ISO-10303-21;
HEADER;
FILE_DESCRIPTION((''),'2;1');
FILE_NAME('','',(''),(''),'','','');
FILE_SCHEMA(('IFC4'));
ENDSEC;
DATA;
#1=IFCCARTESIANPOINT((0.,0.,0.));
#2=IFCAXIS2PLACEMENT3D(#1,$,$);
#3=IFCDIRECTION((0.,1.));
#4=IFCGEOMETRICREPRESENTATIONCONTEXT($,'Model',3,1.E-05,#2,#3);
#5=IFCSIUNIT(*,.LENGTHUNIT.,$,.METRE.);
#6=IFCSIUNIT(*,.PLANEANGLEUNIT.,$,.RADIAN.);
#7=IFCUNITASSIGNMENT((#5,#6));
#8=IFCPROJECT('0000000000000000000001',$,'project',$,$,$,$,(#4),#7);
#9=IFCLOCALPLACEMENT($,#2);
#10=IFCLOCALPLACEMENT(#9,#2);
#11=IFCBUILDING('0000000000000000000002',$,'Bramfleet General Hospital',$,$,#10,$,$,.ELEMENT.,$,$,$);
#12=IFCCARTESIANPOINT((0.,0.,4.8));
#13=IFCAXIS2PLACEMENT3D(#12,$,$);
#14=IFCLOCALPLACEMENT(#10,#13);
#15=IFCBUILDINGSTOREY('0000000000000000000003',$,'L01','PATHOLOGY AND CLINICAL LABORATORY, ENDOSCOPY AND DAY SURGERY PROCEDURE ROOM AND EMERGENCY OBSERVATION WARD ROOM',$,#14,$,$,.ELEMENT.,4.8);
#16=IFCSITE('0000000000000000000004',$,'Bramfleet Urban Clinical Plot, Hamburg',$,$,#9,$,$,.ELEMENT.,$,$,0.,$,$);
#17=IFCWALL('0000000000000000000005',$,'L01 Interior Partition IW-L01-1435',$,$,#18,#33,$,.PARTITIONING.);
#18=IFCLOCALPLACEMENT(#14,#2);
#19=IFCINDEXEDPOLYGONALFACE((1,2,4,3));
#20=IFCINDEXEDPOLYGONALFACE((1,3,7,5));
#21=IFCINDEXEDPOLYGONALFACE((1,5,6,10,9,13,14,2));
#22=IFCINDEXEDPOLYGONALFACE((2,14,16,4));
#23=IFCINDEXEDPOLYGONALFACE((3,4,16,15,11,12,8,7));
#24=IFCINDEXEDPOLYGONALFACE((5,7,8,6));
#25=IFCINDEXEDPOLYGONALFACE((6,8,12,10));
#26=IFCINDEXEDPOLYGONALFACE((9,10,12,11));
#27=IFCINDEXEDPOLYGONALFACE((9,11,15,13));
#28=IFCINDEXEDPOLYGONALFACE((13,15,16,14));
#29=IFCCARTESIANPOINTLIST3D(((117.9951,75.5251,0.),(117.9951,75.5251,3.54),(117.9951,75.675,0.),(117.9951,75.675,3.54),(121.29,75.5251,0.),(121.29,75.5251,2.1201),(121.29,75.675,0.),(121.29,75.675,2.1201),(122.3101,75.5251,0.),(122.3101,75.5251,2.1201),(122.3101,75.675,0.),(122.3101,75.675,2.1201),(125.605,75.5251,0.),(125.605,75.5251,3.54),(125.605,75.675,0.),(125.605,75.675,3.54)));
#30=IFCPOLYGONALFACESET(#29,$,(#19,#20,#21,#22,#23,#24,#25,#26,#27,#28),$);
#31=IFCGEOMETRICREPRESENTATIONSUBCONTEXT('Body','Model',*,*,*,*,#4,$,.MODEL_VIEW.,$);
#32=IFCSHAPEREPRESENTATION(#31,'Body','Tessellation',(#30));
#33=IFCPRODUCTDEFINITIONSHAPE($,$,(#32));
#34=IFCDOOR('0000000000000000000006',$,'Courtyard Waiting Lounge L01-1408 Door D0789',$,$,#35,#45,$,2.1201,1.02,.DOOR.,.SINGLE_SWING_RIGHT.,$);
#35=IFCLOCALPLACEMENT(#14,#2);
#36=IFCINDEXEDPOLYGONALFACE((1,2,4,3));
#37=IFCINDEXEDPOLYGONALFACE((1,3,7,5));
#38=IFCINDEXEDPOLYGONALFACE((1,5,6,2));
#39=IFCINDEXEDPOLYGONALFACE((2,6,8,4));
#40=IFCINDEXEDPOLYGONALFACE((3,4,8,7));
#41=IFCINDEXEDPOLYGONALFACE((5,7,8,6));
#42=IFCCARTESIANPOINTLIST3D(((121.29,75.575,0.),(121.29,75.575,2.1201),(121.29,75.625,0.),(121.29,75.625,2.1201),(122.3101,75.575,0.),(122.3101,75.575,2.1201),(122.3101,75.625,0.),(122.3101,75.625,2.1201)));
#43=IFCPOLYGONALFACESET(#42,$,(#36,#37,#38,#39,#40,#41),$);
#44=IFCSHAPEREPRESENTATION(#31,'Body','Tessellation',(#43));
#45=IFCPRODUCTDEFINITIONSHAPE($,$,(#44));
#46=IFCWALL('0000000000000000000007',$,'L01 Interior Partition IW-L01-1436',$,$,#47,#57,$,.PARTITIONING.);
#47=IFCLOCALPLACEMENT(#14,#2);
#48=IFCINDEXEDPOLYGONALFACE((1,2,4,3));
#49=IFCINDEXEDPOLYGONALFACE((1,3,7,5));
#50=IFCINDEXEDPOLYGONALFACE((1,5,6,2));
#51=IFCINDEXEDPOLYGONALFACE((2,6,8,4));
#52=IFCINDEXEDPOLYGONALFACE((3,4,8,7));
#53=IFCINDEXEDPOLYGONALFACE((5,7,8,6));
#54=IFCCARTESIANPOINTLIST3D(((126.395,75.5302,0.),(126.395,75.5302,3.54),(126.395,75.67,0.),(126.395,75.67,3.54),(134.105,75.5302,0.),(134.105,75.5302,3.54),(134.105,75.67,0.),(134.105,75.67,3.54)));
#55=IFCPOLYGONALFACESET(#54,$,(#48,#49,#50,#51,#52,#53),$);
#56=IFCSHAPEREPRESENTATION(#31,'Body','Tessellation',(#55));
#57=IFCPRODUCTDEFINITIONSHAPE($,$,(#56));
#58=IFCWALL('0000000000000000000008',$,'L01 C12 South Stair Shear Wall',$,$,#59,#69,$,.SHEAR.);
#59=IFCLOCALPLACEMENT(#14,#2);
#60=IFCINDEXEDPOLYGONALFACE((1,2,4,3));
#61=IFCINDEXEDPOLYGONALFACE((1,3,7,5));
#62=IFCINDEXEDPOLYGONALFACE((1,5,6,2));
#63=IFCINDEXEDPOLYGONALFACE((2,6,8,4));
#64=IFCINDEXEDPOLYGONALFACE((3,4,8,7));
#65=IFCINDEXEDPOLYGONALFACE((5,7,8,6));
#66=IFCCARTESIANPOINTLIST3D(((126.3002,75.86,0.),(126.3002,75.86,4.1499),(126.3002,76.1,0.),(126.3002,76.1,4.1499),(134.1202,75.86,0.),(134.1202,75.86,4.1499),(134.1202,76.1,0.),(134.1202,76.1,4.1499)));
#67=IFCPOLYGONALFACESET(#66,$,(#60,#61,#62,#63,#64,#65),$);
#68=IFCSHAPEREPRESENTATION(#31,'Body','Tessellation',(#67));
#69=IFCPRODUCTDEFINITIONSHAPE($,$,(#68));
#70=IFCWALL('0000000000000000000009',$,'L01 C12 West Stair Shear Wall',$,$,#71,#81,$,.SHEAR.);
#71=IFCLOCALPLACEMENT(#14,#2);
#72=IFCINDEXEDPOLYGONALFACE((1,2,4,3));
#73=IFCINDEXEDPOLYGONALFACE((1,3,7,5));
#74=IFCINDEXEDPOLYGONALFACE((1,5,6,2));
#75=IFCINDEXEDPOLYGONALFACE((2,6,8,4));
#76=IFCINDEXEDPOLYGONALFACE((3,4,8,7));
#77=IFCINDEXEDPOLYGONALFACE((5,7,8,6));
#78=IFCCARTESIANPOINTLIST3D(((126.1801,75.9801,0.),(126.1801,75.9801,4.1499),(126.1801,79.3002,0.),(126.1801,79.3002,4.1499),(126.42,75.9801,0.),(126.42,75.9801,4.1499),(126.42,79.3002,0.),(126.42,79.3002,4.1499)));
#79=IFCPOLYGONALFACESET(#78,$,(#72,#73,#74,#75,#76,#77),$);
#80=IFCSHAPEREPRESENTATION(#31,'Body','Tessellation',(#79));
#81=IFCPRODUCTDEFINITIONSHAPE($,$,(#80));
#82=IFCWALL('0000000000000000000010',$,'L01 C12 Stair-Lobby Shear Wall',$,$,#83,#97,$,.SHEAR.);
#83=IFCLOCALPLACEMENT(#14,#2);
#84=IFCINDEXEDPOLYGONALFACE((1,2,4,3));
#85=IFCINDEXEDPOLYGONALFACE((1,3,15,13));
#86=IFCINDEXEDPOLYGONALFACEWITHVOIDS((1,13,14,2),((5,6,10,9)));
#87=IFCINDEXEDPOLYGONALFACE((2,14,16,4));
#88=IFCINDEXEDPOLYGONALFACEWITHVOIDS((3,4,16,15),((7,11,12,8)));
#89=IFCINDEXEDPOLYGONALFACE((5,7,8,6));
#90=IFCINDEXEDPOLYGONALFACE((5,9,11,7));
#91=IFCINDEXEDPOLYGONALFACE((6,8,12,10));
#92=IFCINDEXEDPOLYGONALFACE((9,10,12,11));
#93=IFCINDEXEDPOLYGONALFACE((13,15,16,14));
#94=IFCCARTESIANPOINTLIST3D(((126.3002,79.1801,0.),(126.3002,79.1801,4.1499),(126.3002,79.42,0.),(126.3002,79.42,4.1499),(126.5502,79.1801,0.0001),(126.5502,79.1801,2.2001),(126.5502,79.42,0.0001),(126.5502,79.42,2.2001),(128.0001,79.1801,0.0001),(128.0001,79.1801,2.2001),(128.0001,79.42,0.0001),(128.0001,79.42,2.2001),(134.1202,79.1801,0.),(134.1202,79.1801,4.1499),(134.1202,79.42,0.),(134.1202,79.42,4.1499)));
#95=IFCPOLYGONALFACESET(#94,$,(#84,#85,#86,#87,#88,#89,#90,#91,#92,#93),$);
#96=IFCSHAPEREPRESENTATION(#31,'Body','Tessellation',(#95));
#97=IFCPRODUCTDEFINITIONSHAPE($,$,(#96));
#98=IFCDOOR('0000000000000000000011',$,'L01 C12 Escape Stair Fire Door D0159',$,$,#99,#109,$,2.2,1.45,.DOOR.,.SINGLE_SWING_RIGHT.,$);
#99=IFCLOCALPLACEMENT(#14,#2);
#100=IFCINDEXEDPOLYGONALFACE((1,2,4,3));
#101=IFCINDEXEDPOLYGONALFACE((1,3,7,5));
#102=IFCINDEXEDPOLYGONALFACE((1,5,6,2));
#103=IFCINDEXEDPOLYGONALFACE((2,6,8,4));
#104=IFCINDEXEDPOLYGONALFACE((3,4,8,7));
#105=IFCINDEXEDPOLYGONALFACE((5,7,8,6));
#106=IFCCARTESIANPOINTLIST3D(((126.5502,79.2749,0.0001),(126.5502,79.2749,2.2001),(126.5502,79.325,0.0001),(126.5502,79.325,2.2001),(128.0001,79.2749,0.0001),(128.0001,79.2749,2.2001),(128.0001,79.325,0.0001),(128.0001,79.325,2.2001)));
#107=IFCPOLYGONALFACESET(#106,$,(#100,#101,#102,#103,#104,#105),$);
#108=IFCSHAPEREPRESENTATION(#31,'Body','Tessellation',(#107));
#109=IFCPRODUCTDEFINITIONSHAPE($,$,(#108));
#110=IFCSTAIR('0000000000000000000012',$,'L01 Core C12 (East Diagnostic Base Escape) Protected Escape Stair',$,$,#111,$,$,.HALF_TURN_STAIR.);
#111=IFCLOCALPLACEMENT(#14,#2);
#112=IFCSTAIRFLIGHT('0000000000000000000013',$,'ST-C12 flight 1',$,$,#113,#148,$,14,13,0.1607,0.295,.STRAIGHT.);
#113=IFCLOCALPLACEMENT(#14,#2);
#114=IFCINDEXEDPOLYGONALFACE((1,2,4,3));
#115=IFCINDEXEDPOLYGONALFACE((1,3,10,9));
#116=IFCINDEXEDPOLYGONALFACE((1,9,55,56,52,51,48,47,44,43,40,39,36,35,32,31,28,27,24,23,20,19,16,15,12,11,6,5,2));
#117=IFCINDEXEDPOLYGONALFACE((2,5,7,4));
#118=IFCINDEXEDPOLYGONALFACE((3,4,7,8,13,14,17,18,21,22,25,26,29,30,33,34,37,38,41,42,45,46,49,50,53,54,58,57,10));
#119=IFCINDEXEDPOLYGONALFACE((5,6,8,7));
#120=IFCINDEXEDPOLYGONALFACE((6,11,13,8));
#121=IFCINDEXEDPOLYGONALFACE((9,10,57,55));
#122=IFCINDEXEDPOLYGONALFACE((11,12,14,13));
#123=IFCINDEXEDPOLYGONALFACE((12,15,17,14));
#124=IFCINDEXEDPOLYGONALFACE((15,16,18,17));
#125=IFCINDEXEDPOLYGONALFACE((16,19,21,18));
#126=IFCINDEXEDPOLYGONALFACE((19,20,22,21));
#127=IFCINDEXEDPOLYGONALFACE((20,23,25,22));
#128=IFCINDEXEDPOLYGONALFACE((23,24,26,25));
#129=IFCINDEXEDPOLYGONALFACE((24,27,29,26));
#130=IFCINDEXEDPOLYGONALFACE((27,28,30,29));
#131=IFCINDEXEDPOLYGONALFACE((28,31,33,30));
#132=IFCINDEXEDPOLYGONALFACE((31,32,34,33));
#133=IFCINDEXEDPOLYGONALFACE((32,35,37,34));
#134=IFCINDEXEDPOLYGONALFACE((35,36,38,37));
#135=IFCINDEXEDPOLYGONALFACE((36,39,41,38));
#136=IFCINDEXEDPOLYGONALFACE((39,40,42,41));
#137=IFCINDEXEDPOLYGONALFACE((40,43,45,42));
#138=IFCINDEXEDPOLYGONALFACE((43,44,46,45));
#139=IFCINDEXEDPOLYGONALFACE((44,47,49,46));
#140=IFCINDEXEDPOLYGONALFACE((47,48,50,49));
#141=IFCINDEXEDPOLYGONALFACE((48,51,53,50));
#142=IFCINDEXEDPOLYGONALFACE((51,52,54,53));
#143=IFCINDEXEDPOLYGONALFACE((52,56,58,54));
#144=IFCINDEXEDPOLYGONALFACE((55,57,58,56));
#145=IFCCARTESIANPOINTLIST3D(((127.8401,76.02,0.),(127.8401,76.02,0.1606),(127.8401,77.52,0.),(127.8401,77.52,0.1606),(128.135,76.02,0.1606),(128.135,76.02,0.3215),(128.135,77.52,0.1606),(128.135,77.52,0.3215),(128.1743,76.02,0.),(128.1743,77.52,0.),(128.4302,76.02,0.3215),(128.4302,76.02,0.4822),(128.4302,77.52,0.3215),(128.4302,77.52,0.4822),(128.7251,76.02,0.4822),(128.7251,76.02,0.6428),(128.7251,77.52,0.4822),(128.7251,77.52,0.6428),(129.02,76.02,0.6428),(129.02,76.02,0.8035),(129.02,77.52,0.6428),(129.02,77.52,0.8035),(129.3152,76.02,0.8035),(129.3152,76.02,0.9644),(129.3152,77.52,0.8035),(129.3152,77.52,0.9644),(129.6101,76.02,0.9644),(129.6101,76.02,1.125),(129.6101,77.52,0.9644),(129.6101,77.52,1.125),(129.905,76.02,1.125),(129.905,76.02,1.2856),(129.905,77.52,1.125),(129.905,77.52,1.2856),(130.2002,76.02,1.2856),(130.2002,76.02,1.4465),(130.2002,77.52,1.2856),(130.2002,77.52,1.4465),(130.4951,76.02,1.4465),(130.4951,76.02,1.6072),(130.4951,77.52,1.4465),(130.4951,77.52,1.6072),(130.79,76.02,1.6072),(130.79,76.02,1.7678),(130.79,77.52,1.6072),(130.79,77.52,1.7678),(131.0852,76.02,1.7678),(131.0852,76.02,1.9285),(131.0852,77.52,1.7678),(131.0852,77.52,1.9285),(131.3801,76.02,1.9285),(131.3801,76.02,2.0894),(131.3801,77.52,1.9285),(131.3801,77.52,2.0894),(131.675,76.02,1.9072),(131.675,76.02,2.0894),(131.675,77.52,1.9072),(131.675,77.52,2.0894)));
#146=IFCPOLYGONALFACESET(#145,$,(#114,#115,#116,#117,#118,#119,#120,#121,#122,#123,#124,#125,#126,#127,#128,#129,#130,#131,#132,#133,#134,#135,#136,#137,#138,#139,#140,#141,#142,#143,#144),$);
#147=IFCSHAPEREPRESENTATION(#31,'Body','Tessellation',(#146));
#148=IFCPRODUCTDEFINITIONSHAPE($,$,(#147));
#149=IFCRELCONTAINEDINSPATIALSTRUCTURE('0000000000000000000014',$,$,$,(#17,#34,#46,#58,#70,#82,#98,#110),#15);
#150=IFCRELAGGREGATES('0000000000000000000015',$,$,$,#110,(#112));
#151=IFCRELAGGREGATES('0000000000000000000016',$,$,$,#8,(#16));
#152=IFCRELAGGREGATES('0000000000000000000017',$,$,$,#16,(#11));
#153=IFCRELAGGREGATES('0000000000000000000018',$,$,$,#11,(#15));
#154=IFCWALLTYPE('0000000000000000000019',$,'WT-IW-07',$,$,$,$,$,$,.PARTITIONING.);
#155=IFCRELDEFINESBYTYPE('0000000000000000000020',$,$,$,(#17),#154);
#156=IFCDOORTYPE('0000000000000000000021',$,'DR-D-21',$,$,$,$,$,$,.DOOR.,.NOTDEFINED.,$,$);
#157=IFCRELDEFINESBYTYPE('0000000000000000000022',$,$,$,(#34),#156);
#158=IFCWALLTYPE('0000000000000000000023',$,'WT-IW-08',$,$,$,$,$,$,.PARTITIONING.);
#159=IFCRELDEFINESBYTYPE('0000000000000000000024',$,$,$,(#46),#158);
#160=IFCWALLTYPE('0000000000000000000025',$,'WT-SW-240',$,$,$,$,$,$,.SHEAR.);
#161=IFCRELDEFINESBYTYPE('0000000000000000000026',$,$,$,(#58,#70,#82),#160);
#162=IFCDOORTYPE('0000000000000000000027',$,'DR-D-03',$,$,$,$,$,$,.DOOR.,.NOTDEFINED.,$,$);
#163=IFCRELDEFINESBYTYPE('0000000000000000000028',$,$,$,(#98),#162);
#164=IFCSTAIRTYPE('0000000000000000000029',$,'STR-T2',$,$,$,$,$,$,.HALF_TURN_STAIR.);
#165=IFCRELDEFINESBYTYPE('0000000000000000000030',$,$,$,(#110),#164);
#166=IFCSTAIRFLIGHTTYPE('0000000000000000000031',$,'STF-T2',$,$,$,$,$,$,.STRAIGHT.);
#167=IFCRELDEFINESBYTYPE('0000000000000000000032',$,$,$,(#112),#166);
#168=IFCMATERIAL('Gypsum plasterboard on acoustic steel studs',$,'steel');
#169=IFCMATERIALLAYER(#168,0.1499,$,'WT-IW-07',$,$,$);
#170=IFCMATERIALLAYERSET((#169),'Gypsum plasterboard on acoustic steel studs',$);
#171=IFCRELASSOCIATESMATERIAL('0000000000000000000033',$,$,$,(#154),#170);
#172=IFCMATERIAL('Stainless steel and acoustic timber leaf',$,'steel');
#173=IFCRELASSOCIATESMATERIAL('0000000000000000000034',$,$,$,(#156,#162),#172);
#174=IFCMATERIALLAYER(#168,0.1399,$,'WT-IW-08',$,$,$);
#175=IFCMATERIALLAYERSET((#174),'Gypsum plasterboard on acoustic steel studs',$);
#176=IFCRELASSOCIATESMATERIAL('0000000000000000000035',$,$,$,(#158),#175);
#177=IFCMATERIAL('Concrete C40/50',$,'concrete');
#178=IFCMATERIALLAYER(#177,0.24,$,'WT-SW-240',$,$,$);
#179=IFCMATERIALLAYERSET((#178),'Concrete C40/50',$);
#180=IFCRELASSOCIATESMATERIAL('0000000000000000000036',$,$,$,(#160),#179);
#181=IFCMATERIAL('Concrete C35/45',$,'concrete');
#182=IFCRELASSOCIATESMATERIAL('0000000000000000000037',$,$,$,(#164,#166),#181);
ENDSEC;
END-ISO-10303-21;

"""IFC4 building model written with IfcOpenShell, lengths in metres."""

from ifc_helpers import new_model, si_unit, direction, frame, frame_2d, origin, place, context, subcontext, project, spatial, polyline, rectangle, outline, extrude, material, layer, layer_set, type_object, element, fill, aggregate, save


model = new_model("IFC4")

# Units and contexts
model_context = context("Model", 3, precision=1e-05, world=origin(), true_north=direction((0.0, 1.0)))
body_context = subcontext(model_context, "Body", "Model", "MODEL_VIEW")
ifc_project = project(units=[si_unit("LENGTHUNIT", "METRE"), si_unit("PLANEANGLEUNIT", "RADIAN")], contexts=[model_context])

# Site, building, storey
site_placement = place(None, origin())
site = spatial("IfcSite", under=ifc_project, at=site_placement, Name="Bramfleet Urban Clinical Plot, Hamburg", CompositionType="ELEMENT", RefElevation=0.0)
building_placement = place(site_placement, origin())
building = spatial("IfcBuilding", under=site, at=building_placement, Name="Bramfleet General Hospital", CompositionType="ELEMENT")
storey_placement = place(building_placement, frame((0.0, 0.0, 4.8)))
storey = spatial("IfcBuildingStorey", under=building, at=storey_placement, Name="L01", Description="PATHOLOGY AND CLINICAL LABORATORY, ENDOSCOPY AND DAY SURGERY PROCEDURE ROOM AND EMERGENCY OBSERVATION WARD ROOM", CompositionType="ELEMENT", Elevation=4.8)

# Shared definitions
ifc_material_1 = material(Name="Concrete C40/50", Category="concrete")

# Shared definitions
ifc_material_2 = material(Name="Concrete C35/45", Category="concrete")

# Shared definitions
ifc_material_3 = material(Name="Stainless steel and acoustic timber leaf", Category="steel")

# Shared definitions
ifc_material_4 = material(Name="Gypsum plasterboard on acoustic steel studs", Category="steel")

# Wall, opening, door
ifc_layer_1 = layer(ifc_material_4, 0.1499, Name="WT-IW-07")
ifc_layer_set_1 = layer_set([ifc_layer_1], Name="Gypsum plasterboard on acoustic steel studs")
wall_type_1 = type_object("IfcWallType", Name="WT-IW-07", PredefinedType="PARTITIONING", material=ifc_layer_set_1)
wall_1_placement = place(storey_placement, frame((117.9951, 75.6001, 0.0), z_axis=(0.0, 0.0, 1.0), x_axis=(1.0, 0.0, 0.0)))
wall_1 = element("IfcWall", 1, at=wall_1_placement, inside=storey, type_object=wall_type_1, Name="L01 Interior Partition IW-L01-1435", PredefinedType="PARTITIONING", context=body_context, shape_type="SweptSolid", body=[
    extrude(rectangle(XDim=7.6099, YDim=0.1499, at=frame_2d((3.8049, 0.0))), origin(), (0.0, 0.0, 1.0), 3.54),
])
opening_1_placement = place(wall_1_placement, frame((3.2949, 0.0, 0.0)))
opening_1 = element("IfcOpeningElement", 2, at=opening_1_placement, cuts=wall_1, PredefinedType="OPENING", context=body_context, shape_type="SweptSolid", body=[
    extrude(rectangle(XDim=1.02, YDim=2.1201, at=frame_2d((0.51, 1.0601))), frame((0.0, 0.085, 0.0), z_axis=(0.0, -1.0, 0.0), x_axis=(1.0, 0.0, 0.0)), (0.0, 0.0, 1.0), 0.1699),
])
door_type_1 = type_object("IfcDoorType", Name="DR-D-21", OperationType="NOTDEFINED", PredefinedType="DOOR", material=ifc_material_3)
door_1_placement = place(opening_1_placement, origin())
door_1 = element("IfcDoor", 3, at=door_1_placement, inside=storey, type_object=door_type_1, Name="Courtyard Waiting Lounge L01-1408 Door D0789", OperationType="SINGLE_SWING_RIGHT", OverallHeight=2.1201, OverallWidth=1.02, PredefinedType="DOOR", context=body_context, shape_type="SweptSolid", body=[
    extrude(rectangle(XDim=1.02, YDim=2.1201, at=frame_2d((0.51, 1.0601))), frame((0.0, 0.0249, 0.0), z_axis=(0.0, -1.0, 0.0), x_axis=(1.0, 0.0, 0.0)), (0.0, 0.0, 1.0), 0.05),
])
fill(opening_1, door_1)

# Walls
ifc_layer_2 = layer(ifc_material_4, 0.1399, Name="WT-IW-08")
ifc_layer_set_2 = layer_set([ifc_layer_2], Name="Gypsum plasterboard on acoustic steel studs")
wall_type_2 = type_object("IfcWallType", Name="WT-IW-08", PredefinedType="PARTITIONING", material=ifc_layer_set_2)
wall_2_placement = place(storey_placement, frame((126.395, 75.6001, 0.0), z_axis=(0.0, 0.0, 1.0), x_axis=(1.0, 0.0, 0.0)))
element("IfcWall", 4, at=wall_2_placement, inside=storey, type_object=wall_type_2, Name="L01 Interior Partition IW-L01-1436", PredefinedType="PARTITIONING", context=body_context, shape_type="SweptSolid", body=[
    extrude(rectangle(XDim=7.71, YDim=0.1399, at=frame_2d((3.855, 0.0))), origin(), (0.0, 0.0, 1.0), 3.54),
])
ifc_layer_3 = layer(ifc_material_1, 0.24, Name="WT-SW-240")
ifc_layer_set_3 = layer_set([ifc_layer_3], Name="Concrete C40/50")
wall_type_3 = type_object("IfcWallType", Name="WT-SW-240", PredefinedType="SHEAR", material=ifc_layer_set_3)
wall_3_placement = place(storey_placement, frame((126.3, 75.98, 0.0), z_axis=(0.0, 0.0, 1.0), x_axis=(1.0, 0.0, 0.0)))
element("IfcWall", 5, at=wall_3_placement, inside=storey, type_object=wall_type_3, Name="L01 C12 South Stair Shear Wall", PredefinedType="SHEAR", context=body_context, shape_type="SweptSolid", body=[
    extrude(rectangle(XDim=7.8201, YDim=0.24, at=frame_2d((3.9102, 0.0))), origin(), (0.0, 0.0, 1.0), 4.1499),
])
wall_4_placement = place(storey_placement, frame((126.3, 75.98, 0.0), z_axis=(0.0, 0.0, 1.0), x_axis=(0.0, 1.0, 0.0)))
element("IfcWall", 6, at=wall_4_placement, inside=storey, type_object=wall_type_3, Name="L01 C12 West Stair Shear Wall", PredefinedType="SHEAR", context=body_context, shape_type="SweptSolid", body=[
    extrude(rectangle(XDim=3.3201, YDim=0.24, at=frame_2d((1.6602, 0.0))), origin(), (0.0, 0.0, 1.0), 4.1499),
])

# Wall, opening, door
wall_5_placement = place(storey_placement, frame((126.3, 79.3, 0.0), z_axis=(0.0, 0.0, 1.0), x_axis=(1.0, 0.0, 0.0)))
wall_5 = element("IfcWall", 7, at=wall_5_placement, inside=storey, type_object=wall_type_3, Name="L01 C12 Stair-Lobby Shear Wall", PredefinedType="SHEAR", context=body_context, shape_type="SweptSolid", body=[
    extrude(rectangle(XDim=7.8201, YDim=0.24, at=frame_2d((3.9102, 0.0))), origin(), (0.0, 0.0, 1.0), 4.1499),
])
opening_2_placement = place(wall_5_placement, frame((0.25, 0.0, 0.0)))
opening_2 = element("IfcOpeningElement", 8, at=opening_2_placement, cuts=wall_5, PredefinedType="OPENING", context=body_context, shape_type="SweptSolid", body=[
    extrude(rectangle(XDim=1.45, YDim=2.2, at=frame_2d((0.7251, 1.1001))), frame((0.0, 0.1299, 0.0), z_axis=(0.0, -1.0, 0.0), x_axis=(1.0, 0.0, 0.0)), (0.0, 0.0, 1.0), 0.26),
])
door_type_2 = type_object("IfcDoorType", Name="DR-D-03", OperationType="NOTDEFINED", PredefinedType="DOOR", material=ifc_material_3)
door_2_placement = place(opening_2_placement, origin())
door_2 = element("IfcDoor", 9, at=door_2_placement, inside=storey, type_object=door_type_2, Name="L01 C12 Escape Stair Fire Door D0159", OperationType="SINGLE_SWING_RIGHT", OverallHeight=2.2, OverallWidth=1.45, PredefinedType="DOOR", context=body_context, shape_type="SweptSolid", body=[
    extrude(rectangle(XDim=1.45, YDim=2.2, at=frame_2d((0.7251, 1.1001))), frame((0.0, 0.0249, 0.0), z_axis=(0.0, -1.0, 0.0), x_axis=(1.0, 0.0, 0.0)), (0.0, 0.0, 1.0), 0.05),
])
fill(opening_2, door_2)

# Stair, stair flight
stair_type = type_object("IfcStairType", Name="STR-T2", PredefinedType="HALF_TURN_STAIR", material=ifc_material_2)
stair_placement = place(storey_placement, origin())
stair = element("IfcStair", 10, at=stair_placement, inside=storey, type_object=stair_type, Name="L01 Core C12 (East Diagnostic Base Escape) Protected Escape Stair", PredefinedType="HALF_TURN_STAIR")
stair_flight_type = type_object("IfcStairFlightType", Name="STF-T2", PredefinedType="STRAIGHT", material=ifc_material_2)
stair_flight_placement = place(storey_placement, frame((127.8401, 76.77, 0.0), z_axis=(0.0, 0.0, 1.0), x_axis=(1.0, 0.0, 0.0)))
stair_flight = element("IfcStairFlight", 11, at=stair_flight_placement, type_object=stair_flight_type, Name="ST-C12 flight 1", NumberOfRisers=14, NumberOfTreads=13, PredefinedType="STRAIGHT", RiserHeight=0.1607, TreadLength=0.295, context=body_context, shape_type="SweptSolid", body=[
    extrude(outline(polyline([(0.0, 0.0), (0.0, 0.1606), (0.2949, 0.1606), (0.2949, 0.3215), (0.5901, 0.3215), (0.5901, 0.4822), (0.885, 0.4822), (0.885, 0.6428), (1.1799, 0.6428), (1.1799, 0.8035), (1.4751, 0.8035), (1.4751, 0.9644), (1.77, 0.9644), (1.77, 1.125), (2.0649, 1.125), (2.0649, 1.2856), (2.3601, 1.2856), (2.3601, 1.4465), (2.655, 1.4465), (2.655, 1.6072), (2.95, 1.6072), (2.95, 1.7678), (3.2451, 1.7678), (3.2451, 1.9285), (3.54, 1.9285), (3.54, 2.0894), (3.835, 2.0894), (3.835, 2.25), (3.835, 1.9072), (0.3342, 0.0), (0.0, 0.0)])), frame((0.0, 0.75, 0.0), z_axis=(0.0, -1.0, 0.0), x_axis=(1.0, 0.0, 0.0)), (0.0, 0.0, 1.0), 1.5),
])
aggregate(stair, [stair_flight])

save(model, "model.ifc")
